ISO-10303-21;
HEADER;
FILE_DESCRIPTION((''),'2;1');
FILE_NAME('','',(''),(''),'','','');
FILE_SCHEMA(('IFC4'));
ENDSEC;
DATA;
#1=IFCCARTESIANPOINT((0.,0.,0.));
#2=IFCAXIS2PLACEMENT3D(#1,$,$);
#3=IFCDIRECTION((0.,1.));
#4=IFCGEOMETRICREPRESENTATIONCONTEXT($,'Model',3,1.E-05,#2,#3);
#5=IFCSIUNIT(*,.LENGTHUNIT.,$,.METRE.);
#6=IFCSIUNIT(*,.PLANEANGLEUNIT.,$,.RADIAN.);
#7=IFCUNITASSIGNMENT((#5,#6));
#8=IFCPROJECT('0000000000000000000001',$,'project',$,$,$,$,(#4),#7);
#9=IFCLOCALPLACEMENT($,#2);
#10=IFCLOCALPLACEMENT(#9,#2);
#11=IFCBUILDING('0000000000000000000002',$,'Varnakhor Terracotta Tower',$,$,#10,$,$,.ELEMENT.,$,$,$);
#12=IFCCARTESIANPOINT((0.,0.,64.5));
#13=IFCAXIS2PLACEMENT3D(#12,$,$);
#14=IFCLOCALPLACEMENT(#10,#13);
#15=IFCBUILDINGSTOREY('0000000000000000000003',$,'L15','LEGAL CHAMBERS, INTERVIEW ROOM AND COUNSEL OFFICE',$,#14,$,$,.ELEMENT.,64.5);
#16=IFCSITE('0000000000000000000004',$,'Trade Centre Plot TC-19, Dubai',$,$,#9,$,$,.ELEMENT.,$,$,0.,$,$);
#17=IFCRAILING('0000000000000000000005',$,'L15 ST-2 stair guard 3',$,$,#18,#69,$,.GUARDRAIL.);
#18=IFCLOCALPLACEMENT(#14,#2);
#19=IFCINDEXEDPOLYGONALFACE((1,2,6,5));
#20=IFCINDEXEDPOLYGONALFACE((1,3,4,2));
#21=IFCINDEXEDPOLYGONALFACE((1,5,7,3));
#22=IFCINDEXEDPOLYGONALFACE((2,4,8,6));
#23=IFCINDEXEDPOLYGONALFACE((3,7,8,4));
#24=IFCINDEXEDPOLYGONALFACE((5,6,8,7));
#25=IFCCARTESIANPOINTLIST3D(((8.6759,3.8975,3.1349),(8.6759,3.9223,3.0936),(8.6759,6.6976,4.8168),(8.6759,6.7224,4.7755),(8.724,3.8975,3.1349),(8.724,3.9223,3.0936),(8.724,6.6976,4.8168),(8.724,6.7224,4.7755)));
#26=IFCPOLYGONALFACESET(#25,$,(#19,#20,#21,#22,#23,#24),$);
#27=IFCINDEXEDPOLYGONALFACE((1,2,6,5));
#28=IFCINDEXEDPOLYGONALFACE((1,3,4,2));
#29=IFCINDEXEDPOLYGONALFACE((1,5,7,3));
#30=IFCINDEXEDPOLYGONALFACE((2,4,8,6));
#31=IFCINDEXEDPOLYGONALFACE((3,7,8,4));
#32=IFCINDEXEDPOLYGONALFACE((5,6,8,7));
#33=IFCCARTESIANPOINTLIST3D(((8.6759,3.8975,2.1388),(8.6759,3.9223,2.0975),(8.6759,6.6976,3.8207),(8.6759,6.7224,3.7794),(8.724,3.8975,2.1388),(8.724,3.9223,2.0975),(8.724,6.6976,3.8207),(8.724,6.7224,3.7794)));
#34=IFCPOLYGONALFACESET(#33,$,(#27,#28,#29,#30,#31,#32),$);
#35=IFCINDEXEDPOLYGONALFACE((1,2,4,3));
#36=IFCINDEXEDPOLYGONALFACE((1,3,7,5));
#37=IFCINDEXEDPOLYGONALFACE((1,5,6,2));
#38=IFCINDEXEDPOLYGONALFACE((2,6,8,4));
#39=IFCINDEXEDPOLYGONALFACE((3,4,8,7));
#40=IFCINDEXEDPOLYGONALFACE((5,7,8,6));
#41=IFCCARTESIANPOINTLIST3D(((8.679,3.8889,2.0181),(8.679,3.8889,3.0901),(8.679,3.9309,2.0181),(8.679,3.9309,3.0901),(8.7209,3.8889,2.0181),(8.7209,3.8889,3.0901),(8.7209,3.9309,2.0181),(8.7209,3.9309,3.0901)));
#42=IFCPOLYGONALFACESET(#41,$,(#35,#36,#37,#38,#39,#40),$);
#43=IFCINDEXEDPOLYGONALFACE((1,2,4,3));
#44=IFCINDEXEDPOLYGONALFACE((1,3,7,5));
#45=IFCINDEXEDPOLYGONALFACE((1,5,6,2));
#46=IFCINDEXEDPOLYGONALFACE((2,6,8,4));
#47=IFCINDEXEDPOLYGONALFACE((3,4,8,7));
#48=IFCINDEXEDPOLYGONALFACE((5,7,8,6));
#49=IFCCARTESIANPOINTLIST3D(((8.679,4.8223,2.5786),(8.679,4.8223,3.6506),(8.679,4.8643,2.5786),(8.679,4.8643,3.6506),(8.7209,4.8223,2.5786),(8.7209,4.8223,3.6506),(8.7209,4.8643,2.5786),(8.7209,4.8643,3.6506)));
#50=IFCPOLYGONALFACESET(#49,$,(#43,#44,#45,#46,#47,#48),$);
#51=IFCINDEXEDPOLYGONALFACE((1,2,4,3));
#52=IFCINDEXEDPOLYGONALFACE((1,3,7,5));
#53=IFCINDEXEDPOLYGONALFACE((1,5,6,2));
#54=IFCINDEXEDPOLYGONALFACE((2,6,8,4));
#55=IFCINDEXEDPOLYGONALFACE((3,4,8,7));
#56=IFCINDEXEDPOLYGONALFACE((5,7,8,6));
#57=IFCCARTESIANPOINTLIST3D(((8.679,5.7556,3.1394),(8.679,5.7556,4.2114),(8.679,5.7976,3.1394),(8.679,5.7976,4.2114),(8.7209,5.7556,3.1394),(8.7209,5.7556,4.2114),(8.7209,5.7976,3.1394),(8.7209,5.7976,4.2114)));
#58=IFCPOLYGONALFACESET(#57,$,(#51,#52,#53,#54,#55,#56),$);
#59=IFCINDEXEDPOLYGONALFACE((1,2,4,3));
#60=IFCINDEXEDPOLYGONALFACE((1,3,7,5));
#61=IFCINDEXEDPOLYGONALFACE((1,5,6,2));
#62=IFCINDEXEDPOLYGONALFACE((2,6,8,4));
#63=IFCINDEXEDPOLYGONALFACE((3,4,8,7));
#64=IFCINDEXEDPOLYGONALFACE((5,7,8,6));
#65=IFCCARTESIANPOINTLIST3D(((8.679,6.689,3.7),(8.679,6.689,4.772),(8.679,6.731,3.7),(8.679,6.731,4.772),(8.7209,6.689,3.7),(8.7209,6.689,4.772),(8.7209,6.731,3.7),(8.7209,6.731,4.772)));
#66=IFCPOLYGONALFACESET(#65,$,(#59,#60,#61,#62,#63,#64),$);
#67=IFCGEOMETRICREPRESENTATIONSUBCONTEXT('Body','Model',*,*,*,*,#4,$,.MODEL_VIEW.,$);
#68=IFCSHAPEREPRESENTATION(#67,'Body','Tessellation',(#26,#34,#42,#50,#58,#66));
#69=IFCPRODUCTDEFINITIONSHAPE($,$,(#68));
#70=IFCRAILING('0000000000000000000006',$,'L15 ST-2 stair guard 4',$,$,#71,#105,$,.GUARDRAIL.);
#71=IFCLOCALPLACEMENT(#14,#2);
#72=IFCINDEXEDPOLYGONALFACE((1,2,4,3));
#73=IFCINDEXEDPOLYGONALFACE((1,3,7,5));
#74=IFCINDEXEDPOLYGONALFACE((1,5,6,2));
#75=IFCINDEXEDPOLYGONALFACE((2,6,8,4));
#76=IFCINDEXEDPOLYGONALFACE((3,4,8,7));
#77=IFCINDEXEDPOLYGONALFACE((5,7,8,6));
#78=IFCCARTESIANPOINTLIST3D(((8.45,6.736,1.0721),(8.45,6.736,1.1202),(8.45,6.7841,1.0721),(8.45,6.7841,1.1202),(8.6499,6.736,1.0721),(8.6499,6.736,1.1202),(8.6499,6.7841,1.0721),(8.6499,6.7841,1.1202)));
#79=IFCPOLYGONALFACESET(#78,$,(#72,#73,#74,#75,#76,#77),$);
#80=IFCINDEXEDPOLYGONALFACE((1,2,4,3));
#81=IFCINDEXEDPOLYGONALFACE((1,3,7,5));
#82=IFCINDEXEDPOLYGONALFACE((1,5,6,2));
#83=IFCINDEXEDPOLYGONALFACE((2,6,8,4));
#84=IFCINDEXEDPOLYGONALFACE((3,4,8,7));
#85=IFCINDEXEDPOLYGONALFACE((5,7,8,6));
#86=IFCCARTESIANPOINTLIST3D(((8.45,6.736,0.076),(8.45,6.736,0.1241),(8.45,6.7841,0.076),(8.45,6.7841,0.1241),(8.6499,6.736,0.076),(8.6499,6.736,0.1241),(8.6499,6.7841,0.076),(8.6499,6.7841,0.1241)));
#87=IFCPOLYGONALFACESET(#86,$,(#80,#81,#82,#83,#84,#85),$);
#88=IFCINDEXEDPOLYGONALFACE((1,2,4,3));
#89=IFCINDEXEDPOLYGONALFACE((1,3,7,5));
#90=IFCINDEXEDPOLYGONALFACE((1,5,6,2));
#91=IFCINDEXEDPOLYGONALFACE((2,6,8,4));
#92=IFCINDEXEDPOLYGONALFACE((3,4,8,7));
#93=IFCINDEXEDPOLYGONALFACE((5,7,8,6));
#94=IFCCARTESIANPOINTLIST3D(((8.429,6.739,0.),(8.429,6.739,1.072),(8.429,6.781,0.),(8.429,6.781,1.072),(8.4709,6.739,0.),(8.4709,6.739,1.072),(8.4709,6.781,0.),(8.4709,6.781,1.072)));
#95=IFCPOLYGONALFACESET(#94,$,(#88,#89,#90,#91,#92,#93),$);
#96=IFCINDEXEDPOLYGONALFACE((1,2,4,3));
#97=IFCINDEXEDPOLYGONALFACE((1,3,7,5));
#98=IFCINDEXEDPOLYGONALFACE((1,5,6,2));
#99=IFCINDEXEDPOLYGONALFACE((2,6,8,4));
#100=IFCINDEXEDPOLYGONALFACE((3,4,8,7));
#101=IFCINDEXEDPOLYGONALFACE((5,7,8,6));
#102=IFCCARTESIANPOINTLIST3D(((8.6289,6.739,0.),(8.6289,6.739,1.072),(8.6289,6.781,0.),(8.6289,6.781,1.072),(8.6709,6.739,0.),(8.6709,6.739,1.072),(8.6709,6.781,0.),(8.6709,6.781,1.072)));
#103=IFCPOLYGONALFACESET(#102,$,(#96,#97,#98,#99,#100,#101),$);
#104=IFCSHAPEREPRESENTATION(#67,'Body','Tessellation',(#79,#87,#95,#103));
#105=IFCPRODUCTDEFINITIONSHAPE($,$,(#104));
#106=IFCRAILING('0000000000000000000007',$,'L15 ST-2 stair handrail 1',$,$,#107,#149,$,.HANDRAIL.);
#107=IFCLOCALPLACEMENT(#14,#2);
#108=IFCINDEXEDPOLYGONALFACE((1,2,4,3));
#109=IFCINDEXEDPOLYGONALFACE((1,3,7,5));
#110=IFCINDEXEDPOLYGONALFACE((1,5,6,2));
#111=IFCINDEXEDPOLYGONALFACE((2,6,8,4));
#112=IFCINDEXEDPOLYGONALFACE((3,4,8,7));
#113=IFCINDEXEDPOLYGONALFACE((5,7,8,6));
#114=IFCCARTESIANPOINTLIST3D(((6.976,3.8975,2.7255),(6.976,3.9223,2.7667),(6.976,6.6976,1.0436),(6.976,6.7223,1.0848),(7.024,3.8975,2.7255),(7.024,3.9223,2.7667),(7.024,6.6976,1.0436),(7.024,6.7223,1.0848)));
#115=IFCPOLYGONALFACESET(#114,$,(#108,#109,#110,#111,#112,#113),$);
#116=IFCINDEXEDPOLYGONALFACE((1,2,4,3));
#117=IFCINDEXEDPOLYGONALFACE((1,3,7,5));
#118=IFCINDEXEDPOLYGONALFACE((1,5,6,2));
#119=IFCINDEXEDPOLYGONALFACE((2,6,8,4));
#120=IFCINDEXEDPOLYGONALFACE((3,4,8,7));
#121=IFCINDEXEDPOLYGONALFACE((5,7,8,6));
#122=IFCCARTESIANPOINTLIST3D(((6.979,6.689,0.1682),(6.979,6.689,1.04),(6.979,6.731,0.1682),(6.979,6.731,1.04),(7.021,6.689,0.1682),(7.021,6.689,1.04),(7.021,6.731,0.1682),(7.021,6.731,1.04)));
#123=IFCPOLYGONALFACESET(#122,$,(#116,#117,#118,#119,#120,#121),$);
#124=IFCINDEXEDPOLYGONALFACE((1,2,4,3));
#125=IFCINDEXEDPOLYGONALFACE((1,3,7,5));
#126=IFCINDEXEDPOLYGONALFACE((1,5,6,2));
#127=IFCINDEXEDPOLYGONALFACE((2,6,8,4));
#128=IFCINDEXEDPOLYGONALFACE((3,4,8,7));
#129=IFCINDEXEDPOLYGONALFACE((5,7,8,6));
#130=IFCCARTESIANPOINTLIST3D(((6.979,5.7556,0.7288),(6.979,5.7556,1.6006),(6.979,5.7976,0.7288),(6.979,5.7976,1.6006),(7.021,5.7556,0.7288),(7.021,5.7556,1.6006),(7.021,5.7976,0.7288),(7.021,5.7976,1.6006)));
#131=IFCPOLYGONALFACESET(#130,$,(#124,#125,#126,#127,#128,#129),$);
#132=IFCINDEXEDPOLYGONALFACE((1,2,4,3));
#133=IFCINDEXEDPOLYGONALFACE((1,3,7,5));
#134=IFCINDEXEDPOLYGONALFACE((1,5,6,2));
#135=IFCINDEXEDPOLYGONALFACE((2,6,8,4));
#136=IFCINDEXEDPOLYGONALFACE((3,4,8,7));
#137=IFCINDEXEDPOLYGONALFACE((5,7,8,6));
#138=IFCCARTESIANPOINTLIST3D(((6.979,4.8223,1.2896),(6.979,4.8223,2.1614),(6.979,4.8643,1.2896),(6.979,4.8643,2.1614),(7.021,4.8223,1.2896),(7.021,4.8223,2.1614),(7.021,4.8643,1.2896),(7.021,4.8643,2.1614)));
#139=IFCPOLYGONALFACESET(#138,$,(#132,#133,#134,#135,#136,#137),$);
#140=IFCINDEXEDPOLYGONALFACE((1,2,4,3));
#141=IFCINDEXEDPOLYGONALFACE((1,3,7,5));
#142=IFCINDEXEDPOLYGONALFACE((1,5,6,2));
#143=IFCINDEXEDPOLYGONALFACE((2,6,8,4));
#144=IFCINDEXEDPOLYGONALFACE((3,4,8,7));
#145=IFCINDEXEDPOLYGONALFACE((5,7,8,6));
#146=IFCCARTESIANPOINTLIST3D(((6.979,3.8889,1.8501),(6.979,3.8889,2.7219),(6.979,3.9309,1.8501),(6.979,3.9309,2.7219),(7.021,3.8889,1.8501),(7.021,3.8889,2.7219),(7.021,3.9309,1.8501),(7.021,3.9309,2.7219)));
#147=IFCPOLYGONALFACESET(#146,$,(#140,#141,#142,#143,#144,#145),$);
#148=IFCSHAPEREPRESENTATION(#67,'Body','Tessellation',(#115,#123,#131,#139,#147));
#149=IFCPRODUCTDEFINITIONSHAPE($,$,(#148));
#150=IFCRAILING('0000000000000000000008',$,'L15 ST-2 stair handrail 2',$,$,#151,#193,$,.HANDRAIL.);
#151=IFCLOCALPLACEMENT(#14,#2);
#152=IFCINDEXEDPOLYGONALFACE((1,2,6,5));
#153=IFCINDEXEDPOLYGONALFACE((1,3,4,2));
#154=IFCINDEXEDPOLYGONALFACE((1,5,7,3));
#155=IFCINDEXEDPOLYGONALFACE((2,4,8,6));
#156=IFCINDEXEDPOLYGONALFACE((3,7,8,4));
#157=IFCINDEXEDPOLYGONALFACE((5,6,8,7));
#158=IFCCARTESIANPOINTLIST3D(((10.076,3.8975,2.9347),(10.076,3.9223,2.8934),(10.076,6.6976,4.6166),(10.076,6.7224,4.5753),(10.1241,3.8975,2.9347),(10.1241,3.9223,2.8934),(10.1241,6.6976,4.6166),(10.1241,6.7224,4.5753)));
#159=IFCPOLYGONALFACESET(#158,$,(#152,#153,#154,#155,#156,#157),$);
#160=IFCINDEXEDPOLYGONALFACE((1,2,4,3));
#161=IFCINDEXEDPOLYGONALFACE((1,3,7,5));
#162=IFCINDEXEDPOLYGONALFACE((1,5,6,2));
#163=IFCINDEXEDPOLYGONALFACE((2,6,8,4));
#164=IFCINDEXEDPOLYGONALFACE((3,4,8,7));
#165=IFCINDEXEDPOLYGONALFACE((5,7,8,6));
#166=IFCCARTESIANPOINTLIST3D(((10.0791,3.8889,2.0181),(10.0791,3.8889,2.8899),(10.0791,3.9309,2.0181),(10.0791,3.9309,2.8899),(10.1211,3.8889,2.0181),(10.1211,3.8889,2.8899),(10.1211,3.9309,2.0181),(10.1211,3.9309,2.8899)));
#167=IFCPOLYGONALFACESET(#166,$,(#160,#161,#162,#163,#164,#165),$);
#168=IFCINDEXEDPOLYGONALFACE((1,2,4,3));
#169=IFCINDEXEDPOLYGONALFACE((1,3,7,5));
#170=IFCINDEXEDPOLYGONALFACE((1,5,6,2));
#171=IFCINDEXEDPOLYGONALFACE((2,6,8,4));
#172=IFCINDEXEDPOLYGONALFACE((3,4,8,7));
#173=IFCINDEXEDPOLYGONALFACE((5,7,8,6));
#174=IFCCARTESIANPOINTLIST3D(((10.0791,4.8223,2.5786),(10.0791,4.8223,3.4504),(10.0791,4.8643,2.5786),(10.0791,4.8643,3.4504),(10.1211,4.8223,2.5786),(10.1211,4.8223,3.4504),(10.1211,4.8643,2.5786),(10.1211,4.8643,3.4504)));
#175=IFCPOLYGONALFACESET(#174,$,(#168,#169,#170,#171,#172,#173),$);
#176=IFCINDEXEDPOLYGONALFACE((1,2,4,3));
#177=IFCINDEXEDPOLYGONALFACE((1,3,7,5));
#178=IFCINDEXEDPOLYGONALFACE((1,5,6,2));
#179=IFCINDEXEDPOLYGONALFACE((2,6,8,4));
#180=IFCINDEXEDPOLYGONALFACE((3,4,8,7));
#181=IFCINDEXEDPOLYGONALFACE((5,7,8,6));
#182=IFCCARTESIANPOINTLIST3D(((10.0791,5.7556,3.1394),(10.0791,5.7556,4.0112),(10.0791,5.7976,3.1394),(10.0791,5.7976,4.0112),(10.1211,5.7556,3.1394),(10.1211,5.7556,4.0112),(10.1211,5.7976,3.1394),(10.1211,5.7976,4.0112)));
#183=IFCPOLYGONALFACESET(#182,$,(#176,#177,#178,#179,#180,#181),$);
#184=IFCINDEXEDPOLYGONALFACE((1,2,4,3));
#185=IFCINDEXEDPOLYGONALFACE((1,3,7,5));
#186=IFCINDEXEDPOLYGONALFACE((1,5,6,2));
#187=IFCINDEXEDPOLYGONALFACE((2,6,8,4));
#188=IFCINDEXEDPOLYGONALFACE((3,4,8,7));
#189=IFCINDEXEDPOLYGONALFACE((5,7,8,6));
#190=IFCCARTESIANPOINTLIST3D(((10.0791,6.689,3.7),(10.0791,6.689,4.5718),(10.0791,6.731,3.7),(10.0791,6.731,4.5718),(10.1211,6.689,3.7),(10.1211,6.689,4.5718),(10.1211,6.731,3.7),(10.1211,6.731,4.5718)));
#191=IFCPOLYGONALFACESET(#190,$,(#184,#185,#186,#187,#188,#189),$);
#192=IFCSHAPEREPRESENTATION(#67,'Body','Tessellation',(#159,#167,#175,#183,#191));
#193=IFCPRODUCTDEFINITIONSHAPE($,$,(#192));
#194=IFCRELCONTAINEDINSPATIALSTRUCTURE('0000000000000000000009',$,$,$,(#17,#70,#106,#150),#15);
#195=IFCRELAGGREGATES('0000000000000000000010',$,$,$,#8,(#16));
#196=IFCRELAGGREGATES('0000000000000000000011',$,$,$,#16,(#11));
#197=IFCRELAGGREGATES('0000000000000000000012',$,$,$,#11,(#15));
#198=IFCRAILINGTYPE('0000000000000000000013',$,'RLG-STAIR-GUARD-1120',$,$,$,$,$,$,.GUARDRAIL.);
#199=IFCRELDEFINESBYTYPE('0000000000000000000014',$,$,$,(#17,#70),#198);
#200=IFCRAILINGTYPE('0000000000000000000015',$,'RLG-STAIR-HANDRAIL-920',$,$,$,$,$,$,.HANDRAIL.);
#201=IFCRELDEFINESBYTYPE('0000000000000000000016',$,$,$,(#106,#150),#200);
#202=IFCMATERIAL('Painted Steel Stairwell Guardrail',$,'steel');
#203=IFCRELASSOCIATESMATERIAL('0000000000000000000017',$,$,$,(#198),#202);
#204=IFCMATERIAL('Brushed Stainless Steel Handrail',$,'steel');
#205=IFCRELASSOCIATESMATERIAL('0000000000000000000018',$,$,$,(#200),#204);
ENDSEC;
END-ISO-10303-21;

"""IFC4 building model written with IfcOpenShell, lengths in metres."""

from ifc_helpers import new_model, si_unit, direction, frame, origin, origin_2d, place, context, subcontext, project, spatial, rectangle, extrude, material, type_object, element, save


model = new_model("IFC4")

# Units and contexts
model_context = context("Model", 3, precision=1e-05, world=origin(), true_north=direction((0.0, 1.0)))
body_context = subcontext(model_context, "Body", "Model", "MODEL_VIEW")
ifc_project = project(units=[si_unit("LENGTHUNIT", "METRE"), si_unit("PLANEANGLEUNIT", "RADIAN")], contexts=[model_context])

# Site, building, storey
site_placement = place(None, origin())
site = spatial("IfcSite", under=ifc_project, at=site_placement, Name="Trade Centre Plot TC-19, Dubai", CompositionType="ELEMENT", RefElevation=0.0)
building_placement = place(site_placement, origin())
building = spatial("IfcBuilding", under=site, at=building_placement, Name="Varnakhor Terracotta Tower", CompositionType="ELEMENT")
storey_placement = place(building_placement, frame((0.0, 0.0, 64.5)))
storey = spatial("IfcBuildingStorey", under=building, at=storey_placement, Name="L15", Description="LEGAL CHAMBERS, INTERVIEW ROOM AND COUNSEL OFFICE", CompositionType="ELEMENT", Elevation=64.5)

# Railings
ifc_material_1 = material(Name="Painted Steel Stairwell Guardrail", Category="steel")
railing_type_1 = type_object("IfcRailingType", Name="RLG-STAIR-GUARD-1120", PredefinedType="GUARDRAIL", material=ifc_material_1)
railing_1_placement = place(storey_placement, frame((8.7, 3.9099, 2.0181)))
element("IfcRailing", 1, at=railing_1_placement, inside=storey, type_object=railing_type_1, Name="L15 ST-2 stair guard 3", PredefinedType="GUARDRAIL", context=body_context, shape_type="SweptSolid", body=[
    extrude(rectangle(XDim=0.0481, YDim=0.0481, at=origin_2d()), frame((0.0, 0.0, 1.0962), z_axis=(0.0, 0.857242, 0.514913), x_axis=(-1.0, 0.0, 0.0)), (0.0, 0.0, 1.0), 3.2664),
    extrude(rectangle(XDim=0.0481, YDim=0.0481, at=origin_2d()), frame((0.0, 0.0, 0.1001), z_axis=(0.0, 0.857242, 0.514913), x_axis=(-1.0, 0.0, 0.0)), (0.0, 0.0, 1.0), 3.2664),
    extrude(rectangle(XDim=0.042, YDim=0.042, at=origin_2d()), origin(), (0.0, 0.0, 1.0), 1.072),
    extrude(rectangle(XDim=0.042, YDim=0.042, at=origin_2d()), frame((0.0, 0.9333, 0.5605)), (0.0, 0.0, 1.0), 1.072),
    extrude(rectangle(XDim=0.042, YDim=0.042, at=origin_2d()), frame((0.0, 1.8667, 1.1213)), (0.0, 0.0, 1.0), 1.072),
    extrude(rectangle(XDim=0.042, YDim=0.042, at=origin_2d()), frame((0.0, 2.8, 1.6819)), (0.0, 0.0, 1.0), 1.072),
])
railing_2_placement = place(storey_placement, frame((8.45, 6.76, 0.0)))
element("IfcRailing", 2, at=railing_2_placement, inside=storey, type_object=railing_type_1, Name="L15 ST-2 stair guard 4", PredefinedType="GUARDRAIL", context=body_context, shape_type="SweptSolid", body=[
    extrude(rectangle(XDim=0.0481, YDim=0.0481, at=origin_2d()), frame((0.0, 0.0, 1.0962), z_axis=(1.0, 0.0, 0.0), x_axis=(0.0, 1.0, 0.0)), (0.0, 0.0, 1.0), 0.2),
    extrude(rectangle(XDim=0.0481, YDim=0.0481, at=origin_2d()), frame((0.0, 0.0, 0.1001), z_axis=(1.0, 0.0, 0.0), x_axis=(0.0, 1.0, 0.0)), (0.0, 0.0, 1.0), 0.2),
    extrude(rectangle(XDim=0.042, YDim=0.042, at=origin_2d()), origin(), (0.0, 0.0, 1.0), 1.072),
    extrude(rectangle(XDim=0.042, YDim=0.042, at=origin_2d()), frame((0.2, 0.0, 0.0)), (0.0, 0.0, 1.0), 1.072),
])
ifc_material_2 = material(Name="Brushed Stainless Steel Handrail", Category="steel")
railing_type_2 = type_object("IfcRailingType", Name="RLG-STAIR-HANDRAIL-920", PredefinedType="HANDRAIL", material=ifc_material_2)
railing_3_placement = place(storey_placement, frame((7.0, 6.71, 0.1682)))
element("IfcRailing", 3, at=railing_3_placement, inside=storey, type_object=railing_type_2, Name="L15 ST-2 stair handrail 1", PredefinedType="HANDRAIL", context=body_context, shape_type="SweptSolid", body=[
    extrude(rectangle(XDim=0.0481, YDim=0.0481, at=origin_2d()), frame((0.0, 0.0, 0.896), z_axis=(0.0, -0.857242, 0.514913), x_axis=(1.0, 0.0, 0.0)), (0.0, 0.0, 1.0), 3.2664),
    extrude(rectangle(XDim=0.042, YDim=0.042, at=origin_2d()), origin(), (0.0, 0.0, 1.0), 0.8718),
    extrude(rectangle(XDim=0.042, YDim=0.042, at=origin_2d()), frame((0.0, -0.9333, 0.5605)), (0.0, 0.0, 1.0), 0.8718),
    extrude(rectangle(XDim=0.042, YDim=0.042, at=origin_2d()), frame((0.0, -1.8667, 1.1213)), (0.0, 0.0, 1.0), 0.8718),
    extrude(rectangle(XDim=0.042, YDim=0.042, at=origin_2d()), frame((0.0, -2.8, 1.6819)), (0.0, 0.0, 1.0), 0.8718),
])
railing_4_placement = place(storey_placement, frame((10.1001, 3.9099, 2.0181)))
element("IfcRailing", 4, at=railing_4_placement, inside=storey, type_object=railing_type_2, Name="L15 ST-2 stair handrail 2", PredefinedType="HANDRAIL", context=body_context, shape_type="SweptSolid", body=[
    extrude(rectangle(XDim=0.0481, YDim=0.0481, at=origin_2d()), frame((0.0, 0.0, 0.896), z_axis=(0.0, 0.857242, 0.514913), x_axis=(-1.0, 0.0, 0.0)), (0.0, 0.0, 1.0), 3.2664),
    extrude(rectangle(XDim=0.042, YDim=0.042, at=origin_2d()), origin(), (0.0, 0.0, 1.0), 0.8718),
    extrude(rectangle(XDim=0.042, YDim=0.042, at=origin_2d()), frame((0.0, 0.9333, 0.5605)), (0.0, 0.0, 1.0), 0.8718),
    extrude(rectangle(XDim=0.042, YDim=0.042, at=origin_2d()), frame((0.0, 1.8667, 1.1213)), (0.0, 0.0, 1.0), 0.8718),
    extrude(rectangle(XDim=0.042, YDim=0.042, at=origin_2d()), frame((0.0, 2.8, 1.6819)), (0.0, 0.0, 1.0), 0.8718),
])

save(model, "model.ifc")
